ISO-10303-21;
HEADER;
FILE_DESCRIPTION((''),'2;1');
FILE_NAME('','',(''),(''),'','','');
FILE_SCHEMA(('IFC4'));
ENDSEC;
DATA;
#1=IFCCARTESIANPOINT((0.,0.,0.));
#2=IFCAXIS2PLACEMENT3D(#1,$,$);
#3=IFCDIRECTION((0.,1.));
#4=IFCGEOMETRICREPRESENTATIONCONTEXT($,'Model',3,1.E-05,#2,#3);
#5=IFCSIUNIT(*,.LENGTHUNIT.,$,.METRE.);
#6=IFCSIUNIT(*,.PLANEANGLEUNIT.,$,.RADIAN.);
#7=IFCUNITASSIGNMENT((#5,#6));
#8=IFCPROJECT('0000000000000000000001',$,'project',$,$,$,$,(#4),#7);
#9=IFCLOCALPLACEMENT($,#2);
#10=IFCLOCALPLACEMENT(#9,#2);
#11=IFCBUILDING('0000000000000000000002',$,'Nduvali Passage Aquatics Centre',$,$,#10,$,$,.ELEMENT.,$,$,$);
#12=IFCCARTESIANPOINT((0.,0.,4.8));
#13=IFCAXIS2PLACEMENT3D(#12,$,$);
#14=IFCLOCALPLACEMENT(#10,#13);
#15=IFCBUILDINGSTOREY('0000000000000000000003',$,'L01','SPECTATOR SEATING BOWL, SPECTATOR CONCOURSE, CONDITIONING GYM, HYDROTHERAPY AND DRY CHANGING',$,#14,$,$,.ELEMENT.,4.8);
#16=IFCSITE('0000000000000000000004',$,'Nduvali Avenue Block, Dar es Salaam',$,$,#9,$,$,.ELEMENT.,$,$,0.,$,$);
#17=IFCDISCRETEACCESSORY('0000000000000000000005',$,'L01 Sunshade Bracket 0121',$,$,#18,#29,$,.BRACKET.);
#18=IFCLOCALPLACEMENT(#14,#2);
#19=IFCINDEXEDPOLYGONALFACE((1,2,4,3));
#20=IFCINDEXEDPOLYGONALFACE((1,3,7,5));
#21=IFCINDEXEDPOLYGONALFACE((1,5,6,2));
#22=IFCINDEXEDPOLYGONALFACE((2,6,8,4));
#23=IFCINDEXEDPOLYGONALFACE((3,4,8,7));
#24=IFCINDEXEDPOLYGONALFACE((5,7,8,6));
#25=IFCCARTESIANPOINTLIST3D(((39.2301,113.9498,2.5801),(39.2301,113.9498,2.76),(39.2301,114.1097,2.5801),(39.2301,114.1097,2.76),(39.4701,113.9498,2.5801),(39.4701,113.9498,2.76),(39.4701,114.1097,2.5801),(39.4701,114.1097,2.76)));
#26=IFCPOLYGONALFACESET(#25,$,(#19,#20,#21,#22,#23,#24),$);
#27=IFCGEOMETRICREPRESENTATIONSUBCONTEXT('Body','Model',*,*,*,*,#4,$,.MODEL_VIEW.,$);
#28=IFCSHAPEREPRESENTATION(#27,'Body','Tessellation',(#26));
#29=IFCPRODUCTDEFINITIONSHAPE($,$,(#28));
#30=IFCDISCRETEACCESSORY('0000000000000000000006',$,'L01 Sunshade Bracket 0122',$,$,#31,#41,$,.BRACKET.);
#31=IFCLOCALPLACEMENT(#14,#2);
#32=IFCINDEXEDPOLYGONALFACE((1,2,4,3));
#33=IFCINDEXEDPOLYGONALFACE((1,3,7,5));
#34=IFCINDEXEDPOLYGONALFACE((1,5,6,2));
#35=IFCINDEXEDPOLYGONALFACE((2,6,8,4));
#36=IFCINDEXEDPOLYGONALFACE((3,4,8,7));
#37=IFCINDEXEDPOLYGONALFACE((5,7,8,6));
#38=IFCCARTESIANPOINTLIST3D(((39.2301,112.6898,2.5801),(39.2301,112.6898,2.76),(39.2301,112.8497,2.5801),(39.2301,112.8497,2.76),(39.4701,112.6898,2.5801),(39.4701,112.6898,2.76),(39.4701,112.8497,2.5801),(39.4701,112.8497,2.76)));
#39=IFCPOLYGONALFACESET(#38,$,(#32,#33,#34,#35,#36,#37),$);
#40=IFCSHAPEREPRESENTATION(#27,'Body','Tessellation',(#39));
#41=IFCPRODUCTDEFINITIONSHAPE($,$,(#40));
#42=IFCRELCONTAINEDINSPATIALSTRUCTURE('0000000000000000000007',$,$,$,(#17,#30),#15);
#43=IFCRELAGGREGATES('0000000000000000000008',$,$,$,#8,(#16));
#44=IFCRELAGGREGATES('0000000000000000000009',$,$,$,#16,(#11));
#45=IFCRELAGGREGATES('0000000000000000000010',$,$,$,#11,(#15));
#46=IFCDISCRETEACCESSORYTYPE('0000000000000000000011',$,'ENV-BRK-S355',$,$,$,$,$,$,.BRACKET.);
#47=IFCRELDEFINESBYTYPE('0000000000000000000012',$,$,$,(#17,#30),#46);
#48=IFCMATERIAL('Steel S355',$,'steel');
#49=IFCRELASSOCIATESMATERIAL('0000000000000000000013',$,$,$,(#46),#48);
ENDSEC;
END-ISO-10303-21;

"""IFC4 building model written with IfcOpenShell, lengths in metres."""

from ifc_helpers import new_model, si_unit, direction, frame, origin, origin_2d, place, context, subcontext, project, spatial, rectangle, extrude, material, type_object, element, save


model = new_model("IFC4")

# Units and contexts
model_context = context("Model", 3, precision=1e-05, world=origin(), true_north=direction((0.0, 1.0)))
body_context = subcontext(model_context, "Body", "Model", "MODEL_VIEW")
ifc_project = project(units=[si_unit("LENGTHUNIT", "METRE"), si_unit("PLANEANGLEUNIT", "RADIAN")], contexts=[model_context])

# Site, building, storey
site_placement = place(None, origin())
site = spatial("IfcSite", under=ifc_project, at=site_placement, Name="Nduvali Avenue Block, Dar es Salaam", CompositionType="ELEMENT", RefElevation=0.0)
building_placement = place(site_placement, origin())
building = spatial("IfcBuilding", under=site, at=building_placement, Name="Nduvali Passage Aquatics Centre", CompositionType="ELEMENT")
storey_placement = place(building_placement, frame((0.0, 0.0, 4.8)))
storey = spatial("IfcBuildingStorey", under=building, at=storey_placement, Name="L01", Description="SPECTATOR SEATING BOWL, SPECTATOR CONCOURSE, CONDITIONING GYM, HYDROTHERAPY AND DRY CHANGING", CompositionType="ELEMENT", Elevation=4.8)

# Shared definitions
ifc_material_1 = material(Name="Steel S355", Category="steel")

# Discrete accessories
discrete_accessory_type = type_object("IfcDiscreteAccessoryType", Name="ENV-BRK-S355", PredefinedType="BRACKET", material=ifc_material_1)
for number, where, z_axis, x_axis, name in (
    (1, (39.3501, 114.0298, 2.5801), (0.0, 0.0, 1.0), (0.0, -1.0, 0.0), "L01 Sunshade Bracket 0121"),
    (2, (39.3501, 112.7698, 2.5801), (0.0, 0.0, 1.0), (0.0, -1.0, 0.0), "L01 Sunshade Bracket 0122"),
):
    element("IfcDiscreteAccessory", number, at=place(storey_placement, frame(where, z_axis=z_axis, x_axis=x_axis)), inside=storey, type_object=discrete_accessory_type, Name=name, PredefinedType="BRACKET", context=body_context, shape_type="SweptSolid", body=[
        extrude(rectangle(XDim=0.1599, YDim=0.24, at=origin_2d()), origin(), (0.0, 0.0, 1.0), 0.1799),
    ])

save(model, "model.ifc")
